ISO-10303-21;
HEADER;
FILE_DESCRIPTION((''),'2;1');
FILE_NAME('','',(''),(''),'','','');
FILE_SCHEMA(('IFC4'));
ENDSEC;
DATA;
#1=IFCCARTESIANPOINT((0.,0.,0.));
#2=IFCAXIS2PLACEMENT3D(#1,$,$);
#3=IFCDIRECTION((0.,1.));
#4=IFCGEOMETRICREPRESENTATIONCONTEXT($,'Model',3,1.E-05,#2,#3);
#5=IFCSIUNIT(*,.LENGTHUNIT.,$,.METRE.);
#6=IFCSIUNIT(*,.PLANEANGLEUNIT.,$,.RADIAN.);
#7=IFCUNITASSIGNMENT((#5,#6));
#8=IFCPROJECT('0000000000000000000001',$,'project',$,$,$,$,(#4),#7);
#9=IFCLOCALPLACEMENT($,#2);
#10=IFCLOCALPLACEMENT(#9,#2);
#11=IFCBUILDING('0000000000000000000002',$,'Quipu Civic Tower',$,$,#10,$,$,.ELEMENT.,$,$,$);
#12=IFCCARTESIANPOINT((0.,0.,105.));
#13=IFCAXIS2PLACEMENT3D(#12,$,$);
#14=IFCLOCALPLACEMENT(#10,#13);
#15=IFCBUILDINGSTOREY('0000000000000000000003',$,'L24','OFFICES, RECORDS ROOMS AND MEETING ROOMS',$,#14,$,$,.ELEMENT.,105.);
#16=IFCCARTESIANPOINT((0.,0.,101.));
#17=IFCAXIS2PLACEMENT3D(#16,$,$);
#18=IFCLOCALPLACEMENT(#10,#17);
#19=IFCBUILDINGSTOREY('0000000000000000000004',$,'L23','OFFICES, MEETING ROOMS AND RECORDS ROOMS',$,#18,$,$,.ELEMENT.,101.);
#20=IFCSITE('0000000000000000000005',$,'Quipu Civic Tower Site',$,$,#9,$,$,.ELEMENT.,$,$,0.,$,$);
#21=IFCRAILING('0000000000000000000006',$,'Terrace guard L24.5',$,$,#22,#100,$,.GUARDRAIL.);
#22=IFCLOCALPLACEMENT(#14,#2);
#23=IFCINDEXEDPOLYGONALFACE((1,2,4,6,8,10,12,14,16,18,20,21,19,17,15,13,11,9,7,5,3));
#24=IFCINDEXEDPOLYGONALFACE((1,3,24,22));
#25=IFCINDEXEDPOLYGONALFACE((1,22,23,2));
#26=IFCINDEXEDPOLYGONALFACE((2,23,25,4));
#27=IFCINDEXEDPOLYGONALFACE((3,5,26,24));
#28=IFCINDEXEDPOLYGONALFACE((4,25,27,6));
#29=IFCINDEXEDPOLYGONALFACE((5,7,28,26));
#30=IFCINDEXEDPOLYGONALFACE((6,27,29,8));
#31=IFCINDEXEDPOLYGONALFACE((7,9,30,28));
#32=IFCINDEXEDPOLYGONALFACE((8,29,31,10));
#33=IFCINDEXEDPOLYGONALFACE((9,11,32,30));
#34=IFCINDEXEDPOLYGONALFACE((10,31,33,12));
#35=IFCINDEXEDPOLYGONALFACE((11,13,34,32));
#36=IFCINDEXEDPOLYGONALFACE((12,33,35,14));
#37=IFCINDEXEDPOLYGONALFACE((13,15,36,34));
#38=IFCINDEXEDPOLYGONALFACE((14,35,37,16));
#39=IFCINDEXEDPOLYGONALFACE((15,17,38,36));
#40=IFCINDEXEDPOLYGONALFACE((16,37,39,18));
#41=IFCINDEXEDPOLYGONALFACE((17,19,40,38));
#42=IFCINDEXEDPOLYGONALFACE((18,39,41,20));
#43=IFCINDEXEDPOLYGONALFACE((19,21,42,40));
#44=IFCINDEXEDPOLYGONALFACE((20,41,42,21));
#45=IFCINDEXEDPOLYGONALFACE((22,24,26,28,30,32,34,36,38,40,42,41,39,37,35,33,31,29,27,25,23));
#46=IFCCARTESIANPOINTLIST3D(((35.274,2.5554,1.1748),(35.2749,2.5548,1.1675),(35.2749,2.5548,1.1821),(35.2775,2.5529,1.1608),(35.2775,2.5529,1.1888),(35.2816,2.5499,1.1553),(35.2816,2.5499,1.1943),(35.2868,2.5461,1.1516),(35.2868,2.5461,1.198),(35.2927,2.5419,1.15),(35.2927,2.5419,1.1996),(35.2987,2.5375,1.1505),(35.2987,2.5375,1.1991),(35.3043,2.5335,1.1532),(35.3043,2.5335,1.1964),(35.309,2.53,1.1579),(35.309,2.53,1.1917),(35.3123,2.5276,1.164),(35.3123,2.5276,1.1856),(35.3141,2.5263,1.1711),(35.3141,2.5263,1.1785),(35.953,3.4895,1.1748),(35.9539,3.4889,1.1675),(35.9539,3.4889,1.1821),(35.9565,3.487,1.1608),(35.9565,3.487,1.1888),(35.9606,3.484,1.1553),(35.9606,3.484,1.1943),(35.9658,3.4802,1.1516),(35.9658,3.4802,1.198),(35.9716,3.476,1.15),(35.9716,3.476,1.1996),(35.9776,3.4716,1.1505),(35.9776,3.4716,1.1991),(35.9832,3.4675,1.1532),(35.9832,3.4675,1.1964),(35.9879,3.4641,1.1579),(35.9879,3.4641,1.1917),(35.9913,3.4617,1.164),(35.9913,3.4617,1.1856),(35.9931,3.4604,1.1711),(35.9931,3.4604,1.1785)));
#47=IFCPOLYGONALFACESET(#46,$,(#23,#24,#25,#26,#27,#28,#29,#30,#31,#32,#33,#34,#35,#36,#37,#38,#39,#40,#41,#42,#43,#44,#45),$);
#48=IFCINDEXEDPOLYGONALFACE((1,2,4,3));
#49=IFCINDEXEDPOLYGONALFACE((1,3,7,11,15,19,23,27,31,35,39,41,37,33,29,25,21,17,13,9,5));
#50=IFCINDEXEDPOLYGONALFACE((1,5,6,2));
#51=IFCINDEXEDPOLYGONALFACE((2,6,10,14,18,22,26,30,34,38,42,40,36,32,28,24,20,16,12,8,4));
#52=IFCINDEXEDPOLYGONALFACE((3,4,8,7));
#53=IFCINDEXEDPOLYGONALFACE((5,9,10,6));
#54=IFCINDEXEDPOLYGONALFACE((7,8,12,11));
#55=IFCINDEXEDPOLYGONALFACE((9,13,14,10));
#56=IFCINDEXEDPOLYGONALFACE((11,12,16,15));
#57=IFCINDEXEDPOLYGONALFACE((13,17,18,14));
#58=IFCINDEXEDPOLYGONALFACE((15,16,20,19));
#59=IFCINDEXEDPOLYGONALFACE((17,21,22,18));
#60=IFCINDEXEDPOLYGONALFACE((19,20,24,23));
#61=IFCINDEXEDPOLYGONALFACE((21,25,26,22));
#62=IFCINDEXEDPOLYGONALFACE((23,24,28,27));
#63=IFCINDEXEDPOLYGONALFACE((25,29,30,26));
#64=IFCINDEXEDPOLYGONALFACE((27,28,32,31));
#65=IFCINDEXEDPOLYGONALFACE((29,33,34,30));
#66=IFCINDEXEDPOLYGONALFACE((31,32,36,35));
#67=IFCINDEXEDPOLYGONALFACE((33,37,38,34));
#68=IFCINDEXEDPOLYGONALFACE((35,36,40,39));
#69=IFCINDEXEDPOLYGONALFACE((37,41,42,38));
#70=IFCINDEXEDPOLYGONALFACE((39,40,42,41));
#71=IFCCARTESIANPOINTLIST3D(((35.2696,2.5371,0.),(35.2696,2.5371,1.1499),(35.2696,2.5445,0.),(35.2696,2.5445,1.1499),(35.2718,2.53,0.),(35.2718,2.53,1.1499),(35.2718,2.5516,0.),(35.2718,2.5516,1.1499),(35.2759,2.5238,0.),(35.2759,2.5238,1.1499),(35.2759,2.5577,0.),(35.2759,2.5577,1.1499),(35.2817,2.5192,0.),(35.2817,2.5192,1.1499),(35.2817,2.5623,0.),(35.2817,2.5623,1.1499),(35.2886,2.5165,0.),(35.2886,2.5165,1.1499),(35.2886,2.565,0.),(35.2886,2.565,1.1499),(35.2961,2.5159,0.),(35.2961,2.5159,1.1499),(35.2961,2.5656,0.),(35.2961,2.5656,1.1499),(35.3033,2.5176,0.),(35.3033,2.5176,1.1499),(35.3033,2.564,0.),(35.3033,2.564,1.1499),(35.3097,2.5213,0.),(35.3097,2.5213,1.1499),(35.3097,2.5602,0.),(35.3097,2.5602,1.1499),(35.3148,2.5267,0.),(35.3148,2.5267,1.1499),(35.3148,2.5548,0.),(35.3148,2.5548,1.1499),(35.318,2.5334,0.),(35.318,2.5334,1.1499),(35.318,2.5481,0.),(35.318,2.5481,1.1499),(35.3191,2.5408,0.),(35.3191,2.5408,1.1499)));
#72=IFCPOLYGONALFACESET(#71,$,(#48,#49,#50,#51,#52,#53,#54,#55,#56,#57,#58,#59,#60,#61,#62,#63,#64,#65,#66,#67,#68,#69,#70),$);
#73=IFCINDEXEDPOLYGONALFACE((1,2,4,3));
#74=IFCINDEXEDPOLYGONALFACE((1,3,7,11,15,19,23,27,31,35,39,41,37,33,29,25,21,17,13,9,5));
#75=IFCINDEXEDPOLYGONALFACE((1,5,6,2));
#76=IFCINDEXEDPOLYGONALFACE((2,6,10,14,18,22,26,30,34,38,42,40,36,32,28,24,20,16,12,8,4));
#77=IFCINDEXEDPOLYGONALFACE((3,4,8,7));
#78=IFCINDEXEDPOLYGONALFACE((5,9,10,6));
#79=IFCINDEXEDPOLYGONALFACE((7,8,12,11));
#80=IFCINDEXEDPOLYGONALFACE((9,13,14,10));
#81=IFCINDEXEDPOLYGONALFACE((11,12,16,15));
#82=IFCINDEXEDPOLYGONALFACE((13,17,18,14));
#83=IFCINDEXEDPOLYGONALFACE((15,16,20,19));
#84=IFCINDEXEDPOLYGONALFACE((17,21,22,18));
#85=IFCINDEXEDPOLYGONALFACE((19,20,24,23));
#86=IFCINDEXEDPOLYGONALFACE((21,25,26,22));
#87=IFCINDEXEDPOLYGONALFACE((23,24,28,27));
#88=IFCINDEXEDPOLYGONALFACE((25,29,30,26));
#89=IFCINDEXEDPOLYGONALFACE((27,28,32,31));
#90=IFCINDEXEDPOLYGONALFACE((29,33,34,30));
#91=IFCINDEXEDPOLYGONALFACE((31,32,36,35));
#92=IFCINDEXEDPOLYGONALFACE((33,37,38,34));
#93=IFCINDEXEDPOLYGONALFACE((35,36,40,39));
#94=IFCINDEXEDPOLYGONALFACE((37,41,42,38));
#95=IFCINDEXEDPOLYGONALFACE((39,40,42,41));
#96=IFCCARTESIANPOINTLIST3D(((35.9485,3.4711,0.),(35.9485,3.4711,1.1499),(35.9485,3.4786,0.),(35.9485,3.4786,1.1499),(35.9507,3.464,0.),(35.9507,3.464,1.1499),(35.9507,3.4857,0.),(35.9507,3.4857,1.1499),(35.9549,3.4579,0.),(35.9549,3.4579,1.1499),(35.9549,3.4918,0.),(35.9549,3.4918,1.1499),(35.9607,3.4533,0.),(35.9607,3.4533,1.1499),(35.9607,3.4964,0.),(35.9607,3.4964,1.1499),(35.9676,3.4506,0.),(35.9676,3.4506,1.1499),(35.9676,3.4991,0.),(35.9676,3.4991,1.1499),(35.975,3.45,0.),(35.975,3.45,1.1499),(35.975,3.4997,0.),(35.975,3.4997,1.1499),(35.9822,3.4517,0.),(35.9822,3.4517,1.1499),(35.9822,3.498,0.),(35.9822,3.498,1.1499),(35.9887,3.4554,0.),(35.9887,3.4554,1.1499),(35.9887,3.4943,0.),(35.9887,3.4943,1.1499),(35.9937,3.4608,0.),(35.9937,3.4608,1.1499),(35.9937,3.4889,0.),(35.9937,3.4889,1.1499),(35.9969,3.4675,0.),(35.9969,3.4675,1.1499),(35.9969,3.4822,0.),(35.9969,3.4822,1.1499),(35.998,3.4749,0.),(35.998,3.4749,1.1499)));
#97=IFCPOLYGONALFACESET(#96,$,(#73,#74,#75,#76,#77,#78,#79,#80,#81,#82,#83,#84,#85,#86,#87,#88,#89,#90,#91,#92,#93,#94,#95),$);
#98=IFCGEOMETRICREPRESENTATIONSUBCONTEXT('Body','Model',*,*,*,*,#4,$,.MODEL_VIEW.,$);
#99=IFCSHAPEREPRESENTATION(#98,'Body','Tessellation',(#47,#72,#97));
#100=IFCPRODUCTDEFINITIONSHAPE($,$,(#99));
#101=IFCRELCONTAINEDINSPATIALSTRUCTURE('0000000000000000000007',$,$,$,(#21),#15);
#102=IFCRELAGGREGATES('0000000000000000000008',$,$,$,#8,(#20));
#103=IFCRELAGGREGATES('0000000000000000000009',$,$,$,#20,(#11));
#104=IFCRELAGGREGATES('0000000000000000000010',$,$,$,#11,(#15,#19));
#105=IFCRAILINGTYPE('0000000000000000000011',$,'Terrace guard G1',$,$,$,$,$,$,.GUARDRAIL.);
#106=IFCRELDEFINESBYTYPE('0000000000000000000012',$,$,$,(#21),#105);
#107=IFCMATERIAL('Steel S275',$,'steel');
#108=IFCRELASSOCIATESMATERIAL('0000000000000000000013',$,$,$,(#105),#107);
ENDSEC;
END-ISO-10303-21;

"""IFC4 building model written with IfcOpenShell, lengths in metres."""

from ifc_helpers import new_model, si_unit, direction, frame, origin, origin_2d, place, context, subcontext, project, spatial, circle, extrude, material, type_object, element, save


model = new_model("IFC4")

# Units and contexts
model_context = context("Model", 3, precision=1e-05, world=origin(), true_north=direction((0.0, 1.0)))
body_context = subcontext(model_context, "Body", "Model", "MODEL_VIEW")
ifc_project = project(units=[si_unit("LENGTHUNIT", "METRE"), si_unit("PLANEANGLEUNIT", "RADIAN")], contexts=[model_context])

# Site, building, storey
site_placement = place(None, origin())
site = spatial("IfcSite", under=ifc_project, at=site_placement, Name="Quipu Civic Tower Site", CompositionType="ELEMENT", RefElevation=0.0)
building_placement = place(site_placement, origin())
building = spatial("IfcBuilding", under=site, at=building_placement, Name="Quipu Civic Tower", CompositionType="ELEMENT")
storey_1_placement = place(building_placement, frame((0.0, 0.0, 105.0)))
storey_1 = spatial("IfcBuildingStorey", under=building, at=storey_1_placement, Name="L24", Description="OFFICES, RECORDS ROOMS AND MEETING ROOMS", CompositionType="ELEMENT", Elevation=105.0)

# Shared definitions
storey_2_placement = place(building_placement, frame((0.0, 0.0, 101.0)))
storey_2 = spatial("IfcBuildingStorey", under=building, at=storey_2_placement, Name="L23", Description="OFFICES, MEETING ROOMS AND RECORDS ROOMS", CompositionType="ELEMENT", Elevation=101.0)

# Railing
ifc_material_1 = material(Name="Steel S275", Category="steel")
railing_type = type_object("IfcRailingType", Name="Terrace guard G1", PredefinedType="GUARDRAIL", material=ifc_material_1)
railing_1_placement = place(storey_1_placement, frame((35.2942, 2.5408, 0.0)))
element("IfcRailing", 1, at=railing_1_placement, inside=storey_1, type_object=railing_type, Name="Terrace guard L24.5", PredefinedType="GUARDRAIL", context=body_context, shape_type="SweptSolid", body=[
    extrude(circle(Radius=0.0249, at=origin_2d()), frame((0.0, 0.0, 1.1748), z_axis=(0.587958, 0.808891, 0.0), x_axis=(-0.808891, 0.587958, 0.0)), (0.0, 0.0, 1.0), 1.1548),
    extrude(circle(Radius=0.0249, at=origin_2d()), origin(), (0.0, 0.0, 1.0), 1.1499),
    extrude(circle(Radius=0.0249, at=origin_2d()), frame((0.679, 0.9341, 0.0)), (0.0, 0.0, 1.0), 1.1499),
])

save(model, "model.ifc")
